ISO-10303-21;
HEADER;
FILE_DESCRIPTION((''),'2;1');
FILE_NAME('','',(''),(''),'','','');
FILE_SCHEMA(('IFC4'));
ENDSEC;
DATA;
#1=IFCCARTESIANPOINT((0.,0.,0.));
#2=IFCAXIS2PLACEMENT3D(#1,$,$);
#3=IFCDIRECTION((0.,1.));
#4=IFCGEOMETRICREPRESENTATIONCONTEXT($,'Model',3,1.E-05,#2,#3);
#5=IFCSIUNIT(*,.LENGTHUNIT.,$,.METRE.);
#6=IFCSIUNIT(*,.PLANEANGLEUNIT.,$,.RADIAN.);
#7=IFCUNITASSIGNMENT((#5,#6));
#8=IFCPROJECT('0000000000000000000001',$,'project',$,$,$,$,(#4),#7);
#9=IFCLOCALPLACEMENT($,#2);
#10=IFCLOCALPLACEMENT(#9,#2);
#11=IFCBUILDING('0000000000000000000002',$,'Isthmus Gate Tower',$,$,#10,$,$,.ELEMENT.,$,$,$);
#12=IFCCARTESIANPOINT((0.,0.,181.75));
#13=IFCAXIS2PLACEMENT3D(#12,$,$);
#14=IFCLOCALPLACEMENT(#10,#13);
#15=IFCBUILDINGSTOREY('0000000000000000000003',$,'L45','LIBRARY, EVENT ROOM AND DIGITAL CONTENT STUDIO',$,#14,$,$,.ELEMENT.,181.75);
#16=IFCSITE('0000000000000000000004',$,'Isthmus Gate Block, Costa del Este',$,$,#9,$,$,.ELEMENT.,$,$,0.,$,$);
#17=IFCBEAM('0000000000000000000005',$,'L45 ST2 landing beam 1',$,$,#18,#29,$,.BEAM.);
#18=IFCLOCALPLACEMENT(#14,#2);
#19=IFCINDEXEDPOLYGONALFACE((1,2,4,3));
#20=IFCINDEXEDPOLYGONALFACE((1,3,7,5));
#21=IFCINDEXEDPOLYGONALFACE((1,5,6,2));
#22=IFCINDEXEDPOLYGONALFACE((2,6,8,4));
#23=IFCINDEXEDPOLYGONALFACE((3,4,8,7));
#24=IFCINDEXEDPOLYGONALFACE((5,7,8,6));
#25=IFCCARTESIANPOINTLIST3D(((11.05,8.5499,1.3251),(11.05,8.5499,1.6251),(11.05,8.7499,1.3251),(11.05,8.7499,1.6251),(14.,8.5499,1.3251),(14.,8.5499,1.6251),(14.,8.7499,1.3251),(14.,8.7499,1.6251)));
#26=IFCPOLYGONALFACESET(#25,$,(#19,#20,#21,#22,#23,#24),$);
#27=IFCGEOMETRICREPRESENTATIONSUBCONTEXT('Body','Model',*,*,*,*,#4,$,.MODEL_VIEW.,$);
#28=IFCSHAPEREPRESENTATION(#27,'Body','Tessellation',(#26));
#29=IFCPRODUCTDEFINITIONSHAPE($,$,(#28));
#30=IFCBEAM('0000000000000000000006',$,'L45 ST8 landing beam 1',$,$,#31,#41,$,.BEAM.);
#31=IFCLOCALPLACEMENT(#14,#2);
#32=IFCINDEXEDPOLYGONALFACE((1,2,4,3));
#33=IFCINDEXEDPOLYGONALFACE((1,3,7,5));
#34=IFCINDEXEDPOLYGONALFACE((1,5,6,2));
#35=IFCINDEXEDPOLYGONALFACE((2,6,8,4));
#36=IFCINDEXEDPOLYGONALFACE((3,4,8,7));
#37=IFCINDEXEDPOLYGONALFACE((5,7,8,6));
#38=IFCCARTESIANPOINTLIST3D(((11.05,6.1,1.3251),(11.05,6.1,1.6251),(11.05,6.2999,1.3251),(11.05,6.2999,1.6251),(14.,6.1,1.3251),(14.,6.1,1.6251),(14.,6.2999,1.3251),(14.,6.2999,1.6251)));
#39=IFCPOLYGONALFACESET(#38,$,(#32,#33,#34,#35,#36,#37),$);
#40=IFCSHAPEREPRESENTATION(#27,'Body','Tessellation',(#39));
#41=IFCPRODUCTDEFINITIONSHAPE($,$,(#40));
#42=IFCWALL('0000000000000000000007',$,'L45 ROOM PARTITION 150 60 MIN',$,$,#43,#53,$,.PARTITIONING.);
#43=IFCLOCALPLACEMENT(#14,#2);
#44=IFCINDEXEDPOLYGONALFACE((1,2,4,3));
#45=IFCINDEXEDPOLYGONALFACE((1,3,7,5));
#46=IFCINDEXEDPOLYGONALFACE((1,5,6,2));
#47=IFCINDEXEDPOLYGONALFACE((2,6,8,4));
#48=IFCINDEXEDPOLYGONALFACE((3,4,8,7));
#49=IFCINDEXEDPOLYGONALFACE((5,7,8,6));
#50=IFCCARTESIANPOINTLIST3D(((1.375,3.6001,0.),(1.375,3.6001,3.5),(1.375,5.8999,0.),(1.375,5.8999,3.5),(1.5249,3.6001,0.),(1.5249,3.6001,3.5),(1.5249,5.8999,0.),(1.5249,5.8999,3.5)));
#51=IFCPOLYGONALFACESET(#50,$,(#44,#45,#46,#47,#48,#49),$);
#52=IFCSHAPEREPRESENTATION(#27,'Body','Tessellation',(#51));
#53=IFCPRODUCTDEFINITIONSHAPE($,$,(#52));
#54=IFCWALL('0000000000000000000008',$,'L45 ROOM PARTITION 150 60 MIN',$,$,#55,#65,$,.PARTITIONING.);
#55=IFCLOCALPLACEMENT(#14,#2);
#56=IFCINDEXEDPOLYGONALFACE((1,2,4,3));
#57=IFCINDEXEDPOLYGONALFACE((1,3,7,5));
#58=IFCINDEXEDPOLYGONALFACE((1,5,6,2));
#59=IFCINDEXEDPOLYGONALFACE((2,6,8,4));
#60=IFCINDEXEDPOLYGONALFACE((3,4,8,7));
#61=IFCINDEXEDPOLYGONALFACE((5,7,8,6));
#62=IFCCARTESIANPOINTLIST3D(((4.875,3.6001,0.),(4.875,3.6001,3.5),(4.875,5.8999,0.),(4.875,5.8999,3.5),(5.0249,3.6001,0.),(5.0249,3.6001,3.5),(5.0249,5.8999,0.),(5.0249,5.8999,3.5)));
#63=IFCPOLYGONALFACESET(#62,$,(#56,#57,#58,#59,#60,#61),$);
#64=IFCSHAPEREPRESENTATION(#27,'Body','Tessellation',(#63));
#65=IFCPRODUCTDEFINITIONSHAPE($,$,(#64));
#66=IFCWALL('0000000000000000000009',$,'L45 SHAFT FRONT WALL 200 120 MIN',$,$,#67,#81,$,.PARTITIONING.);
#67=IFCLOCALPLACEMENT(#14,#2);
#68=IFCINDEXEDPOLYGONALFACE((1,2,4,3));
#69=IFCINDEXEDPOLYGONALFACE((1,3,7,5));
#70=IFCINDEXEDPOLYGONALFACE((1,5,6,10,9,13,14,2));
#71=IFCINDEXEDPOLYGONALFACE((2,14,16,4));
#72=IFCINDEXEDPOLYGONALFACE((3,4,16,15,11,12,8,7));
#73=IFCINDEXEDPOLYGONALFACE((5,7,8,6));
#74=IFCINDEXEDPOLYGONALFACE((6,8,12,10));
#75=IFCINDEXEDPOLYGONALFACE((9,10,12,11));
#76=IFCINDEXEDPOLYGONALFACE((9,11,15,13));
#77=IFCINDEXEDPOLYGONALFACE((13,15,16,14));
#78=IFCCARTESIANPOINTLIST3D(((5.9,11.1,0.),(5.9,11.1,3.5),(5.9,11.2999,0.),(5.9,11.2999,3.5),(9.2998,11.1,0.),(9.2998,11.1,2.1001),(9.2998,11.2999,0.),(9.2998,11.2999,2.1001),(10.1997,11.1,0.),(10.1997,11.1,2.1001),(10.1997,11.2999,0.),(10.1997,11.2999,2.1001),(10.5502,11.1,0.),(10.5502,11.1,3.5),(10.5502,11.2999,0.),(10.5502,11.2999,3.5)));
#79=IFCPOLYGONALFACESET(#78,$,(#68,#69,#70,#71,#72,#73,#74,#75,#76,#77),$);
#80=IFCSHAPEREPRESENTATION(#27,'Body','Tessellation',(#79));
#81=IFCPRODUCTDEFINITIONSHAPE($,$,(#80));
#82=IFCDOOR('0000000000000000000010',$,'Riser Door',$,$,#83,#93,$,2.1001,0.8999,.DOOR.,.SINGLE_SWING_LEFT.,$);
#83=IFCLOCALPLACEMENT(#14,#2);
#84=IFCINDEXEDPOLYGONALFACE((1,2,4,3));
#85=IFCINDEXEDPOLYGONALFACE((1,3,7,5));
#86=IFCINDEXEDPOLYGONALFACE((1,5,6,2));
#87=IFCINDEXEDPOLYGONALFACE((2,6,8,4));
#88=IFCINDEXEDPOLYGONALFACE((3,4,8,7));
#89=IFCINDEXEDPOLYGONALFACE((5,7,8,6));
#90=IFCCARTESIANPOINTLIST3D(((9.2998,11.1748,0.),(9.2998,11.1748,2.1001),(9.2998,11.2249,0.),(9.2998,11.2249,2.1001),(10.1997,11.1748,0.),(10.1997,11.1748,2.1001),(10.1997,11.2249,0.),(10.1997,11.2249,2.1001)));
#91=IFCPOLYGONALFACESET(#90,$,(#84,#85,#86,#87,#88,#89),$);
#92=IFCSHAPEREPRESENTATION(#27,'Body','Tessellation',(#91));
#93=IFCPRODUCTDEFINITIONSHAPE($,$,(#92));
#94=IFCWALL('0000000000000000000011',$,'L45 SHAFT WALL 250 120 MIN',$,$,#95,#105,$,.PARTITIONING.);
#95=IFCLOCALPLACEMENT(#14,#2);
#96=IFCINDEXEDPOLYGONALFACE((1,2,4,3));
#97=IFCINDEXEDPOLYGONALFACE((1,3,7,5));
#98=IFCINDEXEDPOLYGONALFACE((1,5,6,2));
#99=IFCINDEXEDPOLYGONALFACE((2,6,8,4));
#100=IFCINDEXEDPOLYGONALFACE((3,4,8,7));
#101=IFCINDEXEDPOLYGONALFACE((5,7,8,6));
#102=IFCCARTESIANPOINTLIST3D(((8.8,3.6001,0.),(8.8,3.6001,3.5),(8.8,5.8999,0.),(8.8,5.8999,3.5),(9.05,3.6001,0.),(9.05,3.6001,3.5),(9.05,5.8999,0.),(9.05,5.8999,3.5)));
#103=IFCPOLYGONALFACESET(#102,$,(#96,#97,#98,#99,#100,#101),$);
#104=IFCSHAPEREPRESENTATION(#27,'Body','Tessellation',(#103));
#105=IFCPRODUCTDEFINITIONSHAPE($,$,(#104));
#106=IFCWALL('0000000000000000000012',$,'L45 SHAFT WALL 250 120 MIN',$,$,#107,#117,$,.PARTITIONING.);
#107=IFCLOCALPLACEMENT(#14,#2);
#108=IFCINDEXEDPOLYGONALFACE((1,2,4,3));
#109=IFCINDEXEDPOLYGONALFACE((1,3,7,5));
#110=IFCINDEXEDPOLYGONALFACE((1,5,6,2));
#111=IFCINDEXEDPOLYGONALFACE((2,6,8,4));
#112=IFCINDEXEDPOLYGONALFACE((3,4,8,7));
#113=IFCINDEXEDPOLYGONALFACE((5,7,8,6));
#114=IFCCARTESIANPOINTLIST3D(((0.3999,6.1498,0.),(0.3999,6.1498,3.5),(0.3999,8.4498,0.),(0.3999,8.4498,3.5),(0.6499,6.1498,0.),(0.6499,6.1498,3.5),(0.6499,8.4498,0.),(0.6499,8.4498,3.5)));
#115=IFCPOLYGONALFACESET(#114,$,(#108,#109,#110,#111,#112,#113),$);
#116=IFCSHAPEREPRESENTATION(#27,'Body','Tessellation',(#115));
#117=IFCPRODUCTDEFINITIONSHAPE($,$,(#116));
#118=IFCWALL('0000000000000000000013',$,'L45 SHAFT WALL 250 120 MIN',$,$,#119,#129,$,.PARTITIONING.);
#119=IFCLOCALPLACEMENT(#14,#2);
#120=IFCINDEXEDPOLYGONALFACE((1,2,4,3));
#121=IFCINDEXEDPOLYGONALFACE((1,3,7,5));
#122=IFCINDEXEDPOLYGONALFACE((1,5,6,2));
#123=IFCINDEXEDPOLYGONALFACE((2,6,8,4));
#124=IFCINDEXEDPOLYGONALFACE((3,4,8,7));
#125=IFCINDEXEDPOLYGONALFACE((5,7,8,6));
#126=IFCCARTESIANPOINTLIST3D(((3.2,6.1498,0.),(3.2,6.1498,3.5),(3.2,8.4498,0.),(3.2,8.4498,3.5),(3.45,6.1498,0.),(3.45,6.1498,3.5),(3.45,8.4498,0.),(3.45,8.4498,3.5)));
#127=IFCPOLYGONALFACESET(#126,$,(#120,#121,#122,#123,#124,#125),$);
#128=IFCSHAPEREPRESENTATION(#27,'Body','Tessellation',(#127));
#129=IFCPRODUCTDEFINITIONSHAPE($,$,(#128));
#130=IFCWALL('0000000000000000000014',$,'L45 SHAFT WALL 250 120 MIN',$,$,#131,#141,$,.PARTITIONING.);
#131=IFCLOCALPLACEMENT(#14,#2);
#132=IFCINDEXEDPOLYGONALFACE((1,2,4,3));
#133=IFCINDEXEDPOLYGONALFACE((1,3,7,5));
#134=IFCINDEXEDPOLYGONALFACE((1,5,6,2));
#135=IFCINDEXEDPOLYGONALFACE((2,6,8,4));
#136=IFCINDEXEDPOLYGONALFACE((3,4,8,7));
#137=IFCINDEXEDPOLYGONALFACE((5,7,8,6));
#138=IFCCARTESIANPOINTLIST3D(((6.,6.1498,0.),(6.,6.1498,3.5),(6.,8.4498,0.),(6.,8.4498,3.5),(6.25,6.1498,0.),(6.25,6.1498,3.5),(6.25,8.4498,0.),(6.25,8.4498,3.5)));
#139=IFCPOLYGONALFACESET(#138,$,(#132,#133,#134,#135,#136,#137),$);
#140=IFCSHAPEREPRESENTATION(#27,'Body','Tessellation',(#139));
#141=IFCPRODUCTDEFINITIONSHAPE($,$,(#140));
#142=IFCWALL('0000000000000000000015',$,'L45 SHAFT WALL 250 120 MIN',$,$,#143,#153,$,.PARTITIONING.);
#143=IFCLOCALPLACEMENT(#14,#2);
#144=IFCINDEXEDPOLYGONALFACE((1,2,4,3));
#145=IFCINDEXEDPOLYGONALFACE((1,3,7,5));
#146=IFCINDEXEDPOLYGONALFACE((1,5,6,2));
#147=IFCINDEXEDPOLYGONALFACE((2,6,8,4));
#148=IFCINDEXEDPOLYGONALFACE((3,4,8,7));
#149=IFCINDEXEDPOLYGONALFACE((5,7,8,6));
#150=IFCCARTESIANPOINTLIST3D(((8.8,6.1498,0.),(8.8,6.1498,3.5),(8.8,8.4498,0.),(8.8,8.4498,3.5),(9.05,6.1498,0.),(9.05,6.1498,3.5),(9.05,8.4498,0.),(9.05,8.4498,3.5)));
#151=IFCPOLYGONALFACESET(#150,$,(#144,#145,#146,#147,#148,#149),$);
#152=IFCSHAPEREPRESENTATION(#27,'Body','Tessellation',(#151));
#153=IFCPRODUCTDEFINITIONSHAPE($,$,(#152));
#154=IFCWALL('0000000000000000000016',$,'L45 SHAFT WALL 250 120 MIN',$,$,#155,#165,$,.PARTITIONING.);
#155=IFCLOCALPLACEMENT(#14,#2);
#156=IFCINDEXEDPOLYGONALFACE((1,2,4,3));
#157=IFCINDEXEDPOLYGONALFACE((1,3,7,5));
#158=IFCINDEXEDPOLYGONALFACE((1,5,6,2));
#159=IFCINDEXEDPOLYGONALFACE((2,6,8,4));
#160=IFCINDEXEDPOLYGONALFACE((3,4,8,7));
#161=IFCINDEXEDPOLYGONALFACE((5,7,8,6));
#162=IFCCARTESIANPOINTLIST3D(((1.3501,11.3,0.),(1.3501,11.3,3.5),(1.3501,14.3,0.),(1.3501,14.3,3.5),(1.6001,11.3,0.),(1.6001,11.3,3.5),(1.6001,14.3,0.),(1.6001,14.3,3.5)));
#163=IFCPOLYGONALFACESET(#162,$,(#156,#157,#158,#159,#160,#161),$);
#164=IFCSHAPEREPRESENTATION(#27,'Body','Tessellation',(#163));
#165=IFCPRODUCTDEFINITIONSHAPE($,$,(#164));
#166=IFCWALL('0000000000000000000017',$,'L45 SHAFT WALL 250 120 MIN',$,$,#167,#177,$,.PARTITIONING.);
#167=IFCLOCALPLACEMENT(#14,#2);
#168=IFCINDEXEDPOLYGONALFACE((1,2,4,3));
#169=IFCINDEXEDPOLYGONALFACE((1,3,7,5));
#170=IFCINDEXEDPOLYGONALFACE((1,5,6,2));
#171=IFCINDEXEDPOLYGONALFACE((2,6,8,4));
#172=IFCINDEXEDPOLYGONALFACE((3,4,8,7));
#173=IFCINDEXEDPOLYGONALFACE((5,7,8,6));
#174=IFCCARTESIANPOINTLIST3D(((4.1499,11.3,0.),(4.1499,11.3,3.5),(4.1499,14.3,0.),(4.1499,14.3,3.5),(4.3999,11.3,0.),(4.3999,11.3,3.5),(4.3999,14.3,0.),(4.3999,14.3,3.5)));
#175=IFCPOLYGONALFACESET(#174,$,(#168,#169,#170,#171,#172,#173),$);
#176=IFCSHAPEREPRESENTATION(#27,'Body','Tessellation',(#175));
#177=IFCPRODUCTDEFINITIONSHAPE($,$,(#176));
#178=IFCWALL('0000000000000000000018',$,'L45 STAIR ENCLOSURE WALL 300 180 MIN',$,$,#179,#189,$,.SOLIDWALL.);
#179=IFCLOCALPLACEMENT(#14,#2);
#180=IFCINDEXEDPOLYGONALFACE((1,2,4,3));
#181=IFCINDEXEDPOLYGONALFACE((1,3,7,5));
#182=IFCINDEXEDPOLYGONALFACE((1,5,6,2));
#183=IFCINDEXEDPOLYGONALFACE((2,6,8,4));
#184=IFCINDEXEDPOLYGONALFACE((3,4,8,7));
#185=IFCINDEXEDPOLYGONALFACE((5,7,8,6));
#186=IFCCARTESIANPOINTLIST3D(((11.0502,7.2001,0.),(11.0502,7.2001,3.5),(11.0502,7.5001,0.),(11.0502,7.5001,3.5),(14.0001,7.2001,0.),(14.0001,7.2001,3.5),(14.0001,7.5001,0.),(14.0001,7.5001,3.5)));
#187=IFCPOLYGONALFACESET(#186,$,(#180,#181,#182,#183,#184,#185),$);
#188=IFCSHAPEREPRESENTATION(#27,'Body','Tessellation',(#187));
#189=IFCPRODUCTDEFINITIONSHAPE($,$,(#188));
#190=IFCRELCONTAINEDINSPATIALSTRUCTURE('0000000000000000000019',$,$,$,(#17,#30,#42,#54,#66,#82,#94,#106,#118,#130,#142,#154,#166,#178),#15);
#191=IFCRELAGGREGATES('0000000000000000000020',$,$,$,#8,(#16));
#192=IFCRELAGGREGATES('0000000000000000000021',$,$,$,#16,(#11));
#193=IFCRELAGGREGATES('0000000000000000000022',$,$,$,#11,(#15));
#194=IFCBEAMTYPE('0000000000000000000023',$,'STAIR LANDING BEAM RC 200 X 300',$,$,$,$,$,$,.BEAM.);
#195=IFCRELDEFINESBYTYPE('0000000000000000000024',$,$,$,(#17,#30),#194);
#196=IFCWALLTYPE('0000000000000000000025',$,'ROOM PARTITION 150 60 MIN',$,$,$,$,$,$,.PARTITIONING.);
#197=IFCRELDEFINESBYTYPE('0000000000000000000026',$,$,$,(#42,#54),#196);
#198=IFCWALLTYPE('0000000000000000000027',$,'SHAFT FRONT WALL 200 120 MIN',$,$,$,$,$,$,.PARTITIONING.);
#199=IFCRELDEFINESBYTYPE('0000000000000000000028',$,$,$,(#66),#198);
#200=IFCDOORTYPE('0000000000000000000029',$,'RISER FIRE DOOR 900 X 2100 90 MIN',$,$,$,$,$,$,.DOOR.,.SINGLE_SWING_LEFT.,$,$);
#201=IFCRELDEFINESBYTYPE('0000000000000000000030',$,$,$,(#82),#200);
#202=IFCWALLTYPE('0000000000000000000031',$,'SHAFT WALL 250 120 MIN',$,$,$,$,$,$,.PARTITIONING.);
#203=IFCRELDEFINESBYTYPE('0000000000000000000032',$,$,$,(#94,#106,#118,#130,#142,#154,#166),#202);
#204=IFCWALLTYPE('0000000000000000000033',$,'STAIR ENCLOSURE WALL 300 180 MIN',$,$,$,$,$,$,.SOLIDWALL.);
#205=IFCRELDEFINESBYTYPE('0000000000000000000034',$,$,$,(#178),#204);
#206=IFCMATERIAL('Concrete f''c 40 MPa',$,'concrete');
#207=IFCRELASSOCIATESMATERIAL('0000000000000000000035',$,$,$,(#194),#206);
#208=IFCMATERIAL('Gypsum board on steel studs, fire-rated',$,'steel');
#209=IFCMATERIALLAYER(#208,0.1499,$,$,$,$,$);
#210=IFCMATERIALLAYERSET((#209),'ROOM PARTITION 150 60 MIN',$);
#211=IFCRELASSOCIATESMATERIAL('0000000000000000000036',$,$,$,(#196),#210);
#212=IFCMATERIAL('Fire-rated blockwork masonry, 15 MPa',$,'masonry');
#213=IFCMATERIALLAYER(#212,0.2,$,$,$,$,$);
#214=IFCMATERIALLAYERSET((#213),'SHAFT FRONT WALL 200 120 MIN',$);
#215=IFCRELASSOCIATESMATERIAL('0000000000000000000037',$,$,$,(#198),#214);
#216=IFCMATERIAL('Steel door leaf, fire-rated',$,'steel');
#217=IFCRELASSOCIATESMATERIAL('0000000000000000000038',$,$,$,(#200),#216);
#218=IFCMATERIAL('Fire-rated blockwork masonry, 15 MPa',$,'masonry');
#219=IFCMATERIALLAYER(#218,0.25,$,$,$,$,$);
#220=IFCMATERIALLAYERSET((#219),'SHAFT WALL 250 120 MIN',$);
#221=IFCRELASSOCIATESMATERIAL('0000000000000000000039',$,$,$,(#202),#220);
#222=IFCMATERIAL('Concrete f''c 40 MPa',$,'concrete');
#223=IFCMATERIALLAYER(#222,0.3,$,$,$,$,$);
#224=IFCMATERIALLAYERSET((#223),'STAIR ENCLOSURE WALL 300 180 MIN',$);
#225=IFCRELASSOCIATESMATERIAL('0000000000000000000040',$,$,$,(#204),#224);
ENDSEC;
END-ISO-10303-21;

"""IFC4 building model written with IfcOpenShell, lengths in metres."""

from ifc_helpers import new_model, si_unit, direction, frame, frame_2d, origin, origin_2d, place, context, subcontext, project, spatial, rectangle, extrude, material, layer, layer_set, material_profile, profile_set, type_object, element, fill, save


model = new_model("IFC4")

# Units and contexts
model_context = context("Model", 3, precision=1e-05, world=origin(), true_north=direction((0.0, 1.0)))
body_context = subcontext(model_context, "Body", "Model", "MODEL_VIEW")
ifc_project = project(units=[si_unit("LENGTHUNIT", "METRE"), si_unit("PLANEANGLEUNIT", "RADIAN")], contexts=[model_context])

# Site, building, storey
site_placement = place(None, origin())
site = spatial("IfcSite", under=ifc_project, at=site_placement, Name="Isthmus Gate Block, Costa del Este", CompositionType="ELEMENT", RefElevation=0.0)
building_placement = place(site_placement, origin())
building = spatial("IfcBuilding", under=site, at=building_placement, Name="Isthmus Gate Tower", CompositionType="ELEMENT")
storey_placement = place(building_placement, frame((0.0, 0.0, 181.75)))
storey = spatial("IfcBuildingStorey", under=building, at=storey_placement, Name="L45", Description="LIBRARY, EVENT ROOM AND DIGITAL CONTENT STUDIO", CompositionType="ELEMENT", Elevation=181.75)

# Beams
ifc_material_1 = material(Name="Concrete f'c 40 MPa", Category="concrete")
ifc_material_profile = material_profile(ifc_material_1, rectangle(XDim=0.2, YDim=0.3, at=origin_2d()), Name="STAIR LANDING BEAM RC 200 X 300")
ifc_profile_set = profile_set([ifc_material_profile], Name="Concrete f'c 40 MPa")
beam_type = type_object("IfcBeamType", Name="STAIR LANDING BEAM RC 200 X 300", PredefinedType="BEAM", material=ifc_profile_set)
for number, where, z_axis, x_axis, name in (
    (1, (11.05, 8.6499, 1.4751), (1.0, 0.0, 0.0), (0.0, 1.0, 0.0), "L45 ST2 landing beam 1"),
    (2, (11.05, 6.2, 1.4751), (1.0, 0.0, 0.0), (0.0, 1.0, 0.0), "L45 ST8 landing beam 1"),
):
    element("IfcBeam", number, at=place(storey_placement, frame(where, z_axis=z_axis, x_axis=x_axis)), inside=storey, type_object=beam_type, Name=name, PredefinedType="BEAM", context=body_context, shape_type="SweptSolid", body=[
        extrude(rectangle(XDim=0.2, YDim=0.3, at=origin_2d()), origin(), (0.0, 0.0, 1.0), 2.95),
    ])

# Walls
ifc_material_2 = material(Name="Gypsum board on steel studs, fire-rated", Category="steel")
ifc_layer_1 = layer(ifc_material_2, 0.1499)
ifc_layer_set_1 = layer_set([ifc_layer_1], Name="ROOM PARTITION 150 60 MIN")
wall_type_1 = type_object("IfcWallType", Name="ROOM PARTITION 150 60 MIN", PredefinedType="PARTITIONING", material=ifc_layer_set_1)
for number, where, z_axis, x_axis, name in (
    (3, (1.45, 3.6001, 0.0), (0.0, 0.0, 1.0), (0.0, 1.0, 0.0), "L45 ROOM PARTITION 150 60 MIN"),
    (4, (4.95, 3.6001, 0.0), (0.0, 0.0, 1.0), (0.0, 1.0, 0.0), "L45 ROOM PARTITION 150 60 MIN"),
):
    element("IfcWall", number, at=place(storey_placement, frame(where, z_axis=z_axis, x_axis=x_axis)), inside=storey, type_object=wall_type_1, Name=name, PredefinedType="PARTITIONING", context=body_context, shape_type="SweptSolid", body=[
        extrude(rectangle(XDim=2.2998, YDim=0.1499, at=frame_2d((1.1499, 0.0))), origin(), (0.0, 0.0, 1.0), 3.5),
    ])

# Wall, opening, door
ifc_material_3 = material(Name="Fire-rated blockwork masonry, 15 MPa", Category="masonry")
ifc_layer_2 = layer(ifc_material_3, 0.2)
ifc_layer_set_2 = layer_set([ifc_layer_2], Name="SHAFT FRONT WALL 200 120 MIN")
wall_type_2 = type_object("IfcWallType", Name="SHAFT FRONT WALL 200 120 MIN", PredefinedType="PARTITIONING", material=ifc_layer_set_2)
wall_1_placement = place(storey_placement, frame((5.8999, 11.2, 0.0), z_axis=(0.0, 0.0, 1.0), x_axis=(1.0, 0.0, 0.0)))
wall_1 = element("IfcWall", 5, at=wall_1_placement, inside=storey, type_object=wall_type_2, Name="L45 SHAFT FRONT WALL 200 120 MIN", PredefinedType="PARTITIONING", context=body_context, shape_type="SweptSolid", body=[
    extrude(rectangle(XDim=4.6501, YDim=0.2, at=frame_2d((2.3252, 0.0))), origin(), (0.0, 0.0, 1.0), 3.5),
])
opening_placement = place(wall_1_placement, frame((3.3999, 0.0, 0.0)))
opening = element("IfcOpeningElement", 6, at=opening_placement, cuts=wall_1, PredefinedType="OPENING", context=body_context, shape_type="SweptSolid", body=[
    extrude(rectangle(XDim=0.8999, YDim=2.1001, at=frame_2d((0.45, 1.05))), frame((0.0, 0.1099, 0.0), z_axis=(0.0, -1.0, 0.0), x_axis=(1.0, 0.0, 0.0)), (0.0, 0.0, 1.0), 0.22),
])
ifc_material_4 = material(Name="Steel door leaf, fire-rated", Category="steel")
door_type = type_object("IfcDoorType", Name="RISER FIRE DOOR 900 X 2100 90 MIN", OperationType="SINGLE_SWING_LEFT", PredefinedType="DOOR", material=ifc_material_4)
door_placement = place(opening_placement, origin())
door = element("IfcDoor", 7, at=door_placement, inside=storey, type_object=door_type, Name="Riser Door", OperationType="SINGLE_SWING_LEFT", OverallHeight=2.1001, OverallWidth=0.8999, PredefinedType="DOOR", context=body_context, shape_type="SweptSolid", body=[
    extrude(rectangle(XDim=0.8999, YDim=2.1001, at=frame_2d((0.45, 1.05))), frame((0.0, 0.0249, 0.0), z_axis=(0.0, -1.0, 0.0), x_axis=(1.0, 0.0, 0.0)), (0.0, 0.0, 1.0), 0.05),
])
fill(opening, door)

# Walls
ifc_material_5 = material(Name="Fire-rated blockwork masonry, 15 MPa", Category="masonry")
ifc_layer_3 = layer(ifc_material_5, 0.25)
ifc_layer_set_3 = layer_set([ifc_layer_3], Name="SHAFT WALL 250 120 MIN")
wall_type_3 = type_object("IfcWallType", Name="SHAFT WALL 250 120 MIN", PredefinedType="PARTITIONING", material=ifc_layer_set_3)
wall_2_placement = place(storey_placement, frame((8.925, 3.6001, 0.0), z_axis=(0.0, 0.0, 1.0), x_axis=(0.0, 1.0, 0.0)))
element("IfcWall", 8, at=wall_2_placement, inside=storey, type_object=wall_type_3, Name="L45 SHAFT WALL 250 120 MIN", PredefinedType="PARTITIONING", context=body_context, shape_type="SweptSolid", body=[
    extrude(rectangle(XDim=2.2998, YDim=0.25, at=frame_2d((1.1499, 0.0))), origin(), (0.0, 0.0, 1.0), 3.5),
])
for number, where, z_axis, x_axis, name in (
    (9, (0.5249, 6.1499, 0.0), (0.0, 0.0, 1.0), (0.0, 1.0, 0.0), "L45 SHAFT WALL 250 120 MIN"),
    (10, (3.325, 6.1499, 0.0), (0.0, 0.0, 1.0), (0.0, 1.0, 0.0), "L45 SHAFT WALL 250 120 MIN"),
    (11, (6.125, 6.1499, 0.0), (0.0, 0.0, 1.0), (0.0, 1.0, 0.0), "L45 SHAFT WALL 250 120 MIN"),
    (12, (8.925, 6.1499, 0.0), (0.0, 0.0, 1.0), (0.0, 1.0, 0.0), "L45 SHAFT WALL 250 120 MIN"),
):
    element("IfcWall", number, at=place(storey_placement, frame(where, z_axis=z_axis, x_axis=x_axis)), inside=storey, type_object=wall_type_3, Name=name, PredefinedType="PARTITIONING", context=body_context, shape_type="SweptSolid", body=[
        extrude(rectangle(XDim=2.3, YDim=0.25, at=frame_2d((1.1499, 0.0))), origin(), (0.0, 0.0, 1.0), 3.5),
    ])
for number, where, z_axis, x_axis, name in (
    (13, (1.4751, 11.3, 0.0), (0.0, 0.0, 1.0), (0.0, 1.0, 0.0), "L45 SHAFT WALL 250 120 MIN"),
    (14, (4.2749, 11.3, 0.0), (0.0, 0.0, 1.0), (0.0, 1.0, 0.0), "L45 SHAFT WALL 250 120 MIN"),
):
    element("IfcWall", number, at=place(storey_placement, frame(where, z_axis=z_axis, x_axis=x_axis)), inside=storey, type_object=wall_type_3, Name=name, PredefinedType="PARTITIONING", context=body_context, shape_type="SweptSolid", body=[
        extrude(rectangle(XDim=3.0, YDim=0.25, at=frame_2d((1.5, 0.0))), origin(), (0.0, 0.0, 1.0), 3.5),
    ])
ifc_material_6 = material(Name="Concrete f'c 40 MPa", Category="concrete")
ifc_layer_4 = layer(ifc_material_6, 0.3)
ifc_layer_set_4 = layer_set([ifc_layer_4], Name="STAIR ENCLOSURE WALL 300 180 MIN")
wall_type_4 = type_object("IfcWallType", Name="STAIR ENCLOSURE WALL 300 180 MIN", PredefinedType="SOLIDWALL", material=ifc_layer_set_4)
wall_3_placement = place(storey_placement, frame((11.05, 7.3501, 0.0), z_axis=(0.0, 0.0, 1.0), x_axis=(1.0, 0.0, 0.0)))
element("IfcWall", 15, at=wall_3_placement, inside=storey, type_object=wall_type_4, Name="L45 STAIR ENCLOSURE WALL 300 180 MIN", PredefinedType="SOLIDWALL", context=body_context, shape_type="SweptSolid", body=[
    extrude(rectangle(XDim=2.95, YDim=0.3, at=frame_2d((1.4751, 0.0))), origin(), (0.0, 0.0, 1.0), 3.5),
])

save(model, "model.ifc")
